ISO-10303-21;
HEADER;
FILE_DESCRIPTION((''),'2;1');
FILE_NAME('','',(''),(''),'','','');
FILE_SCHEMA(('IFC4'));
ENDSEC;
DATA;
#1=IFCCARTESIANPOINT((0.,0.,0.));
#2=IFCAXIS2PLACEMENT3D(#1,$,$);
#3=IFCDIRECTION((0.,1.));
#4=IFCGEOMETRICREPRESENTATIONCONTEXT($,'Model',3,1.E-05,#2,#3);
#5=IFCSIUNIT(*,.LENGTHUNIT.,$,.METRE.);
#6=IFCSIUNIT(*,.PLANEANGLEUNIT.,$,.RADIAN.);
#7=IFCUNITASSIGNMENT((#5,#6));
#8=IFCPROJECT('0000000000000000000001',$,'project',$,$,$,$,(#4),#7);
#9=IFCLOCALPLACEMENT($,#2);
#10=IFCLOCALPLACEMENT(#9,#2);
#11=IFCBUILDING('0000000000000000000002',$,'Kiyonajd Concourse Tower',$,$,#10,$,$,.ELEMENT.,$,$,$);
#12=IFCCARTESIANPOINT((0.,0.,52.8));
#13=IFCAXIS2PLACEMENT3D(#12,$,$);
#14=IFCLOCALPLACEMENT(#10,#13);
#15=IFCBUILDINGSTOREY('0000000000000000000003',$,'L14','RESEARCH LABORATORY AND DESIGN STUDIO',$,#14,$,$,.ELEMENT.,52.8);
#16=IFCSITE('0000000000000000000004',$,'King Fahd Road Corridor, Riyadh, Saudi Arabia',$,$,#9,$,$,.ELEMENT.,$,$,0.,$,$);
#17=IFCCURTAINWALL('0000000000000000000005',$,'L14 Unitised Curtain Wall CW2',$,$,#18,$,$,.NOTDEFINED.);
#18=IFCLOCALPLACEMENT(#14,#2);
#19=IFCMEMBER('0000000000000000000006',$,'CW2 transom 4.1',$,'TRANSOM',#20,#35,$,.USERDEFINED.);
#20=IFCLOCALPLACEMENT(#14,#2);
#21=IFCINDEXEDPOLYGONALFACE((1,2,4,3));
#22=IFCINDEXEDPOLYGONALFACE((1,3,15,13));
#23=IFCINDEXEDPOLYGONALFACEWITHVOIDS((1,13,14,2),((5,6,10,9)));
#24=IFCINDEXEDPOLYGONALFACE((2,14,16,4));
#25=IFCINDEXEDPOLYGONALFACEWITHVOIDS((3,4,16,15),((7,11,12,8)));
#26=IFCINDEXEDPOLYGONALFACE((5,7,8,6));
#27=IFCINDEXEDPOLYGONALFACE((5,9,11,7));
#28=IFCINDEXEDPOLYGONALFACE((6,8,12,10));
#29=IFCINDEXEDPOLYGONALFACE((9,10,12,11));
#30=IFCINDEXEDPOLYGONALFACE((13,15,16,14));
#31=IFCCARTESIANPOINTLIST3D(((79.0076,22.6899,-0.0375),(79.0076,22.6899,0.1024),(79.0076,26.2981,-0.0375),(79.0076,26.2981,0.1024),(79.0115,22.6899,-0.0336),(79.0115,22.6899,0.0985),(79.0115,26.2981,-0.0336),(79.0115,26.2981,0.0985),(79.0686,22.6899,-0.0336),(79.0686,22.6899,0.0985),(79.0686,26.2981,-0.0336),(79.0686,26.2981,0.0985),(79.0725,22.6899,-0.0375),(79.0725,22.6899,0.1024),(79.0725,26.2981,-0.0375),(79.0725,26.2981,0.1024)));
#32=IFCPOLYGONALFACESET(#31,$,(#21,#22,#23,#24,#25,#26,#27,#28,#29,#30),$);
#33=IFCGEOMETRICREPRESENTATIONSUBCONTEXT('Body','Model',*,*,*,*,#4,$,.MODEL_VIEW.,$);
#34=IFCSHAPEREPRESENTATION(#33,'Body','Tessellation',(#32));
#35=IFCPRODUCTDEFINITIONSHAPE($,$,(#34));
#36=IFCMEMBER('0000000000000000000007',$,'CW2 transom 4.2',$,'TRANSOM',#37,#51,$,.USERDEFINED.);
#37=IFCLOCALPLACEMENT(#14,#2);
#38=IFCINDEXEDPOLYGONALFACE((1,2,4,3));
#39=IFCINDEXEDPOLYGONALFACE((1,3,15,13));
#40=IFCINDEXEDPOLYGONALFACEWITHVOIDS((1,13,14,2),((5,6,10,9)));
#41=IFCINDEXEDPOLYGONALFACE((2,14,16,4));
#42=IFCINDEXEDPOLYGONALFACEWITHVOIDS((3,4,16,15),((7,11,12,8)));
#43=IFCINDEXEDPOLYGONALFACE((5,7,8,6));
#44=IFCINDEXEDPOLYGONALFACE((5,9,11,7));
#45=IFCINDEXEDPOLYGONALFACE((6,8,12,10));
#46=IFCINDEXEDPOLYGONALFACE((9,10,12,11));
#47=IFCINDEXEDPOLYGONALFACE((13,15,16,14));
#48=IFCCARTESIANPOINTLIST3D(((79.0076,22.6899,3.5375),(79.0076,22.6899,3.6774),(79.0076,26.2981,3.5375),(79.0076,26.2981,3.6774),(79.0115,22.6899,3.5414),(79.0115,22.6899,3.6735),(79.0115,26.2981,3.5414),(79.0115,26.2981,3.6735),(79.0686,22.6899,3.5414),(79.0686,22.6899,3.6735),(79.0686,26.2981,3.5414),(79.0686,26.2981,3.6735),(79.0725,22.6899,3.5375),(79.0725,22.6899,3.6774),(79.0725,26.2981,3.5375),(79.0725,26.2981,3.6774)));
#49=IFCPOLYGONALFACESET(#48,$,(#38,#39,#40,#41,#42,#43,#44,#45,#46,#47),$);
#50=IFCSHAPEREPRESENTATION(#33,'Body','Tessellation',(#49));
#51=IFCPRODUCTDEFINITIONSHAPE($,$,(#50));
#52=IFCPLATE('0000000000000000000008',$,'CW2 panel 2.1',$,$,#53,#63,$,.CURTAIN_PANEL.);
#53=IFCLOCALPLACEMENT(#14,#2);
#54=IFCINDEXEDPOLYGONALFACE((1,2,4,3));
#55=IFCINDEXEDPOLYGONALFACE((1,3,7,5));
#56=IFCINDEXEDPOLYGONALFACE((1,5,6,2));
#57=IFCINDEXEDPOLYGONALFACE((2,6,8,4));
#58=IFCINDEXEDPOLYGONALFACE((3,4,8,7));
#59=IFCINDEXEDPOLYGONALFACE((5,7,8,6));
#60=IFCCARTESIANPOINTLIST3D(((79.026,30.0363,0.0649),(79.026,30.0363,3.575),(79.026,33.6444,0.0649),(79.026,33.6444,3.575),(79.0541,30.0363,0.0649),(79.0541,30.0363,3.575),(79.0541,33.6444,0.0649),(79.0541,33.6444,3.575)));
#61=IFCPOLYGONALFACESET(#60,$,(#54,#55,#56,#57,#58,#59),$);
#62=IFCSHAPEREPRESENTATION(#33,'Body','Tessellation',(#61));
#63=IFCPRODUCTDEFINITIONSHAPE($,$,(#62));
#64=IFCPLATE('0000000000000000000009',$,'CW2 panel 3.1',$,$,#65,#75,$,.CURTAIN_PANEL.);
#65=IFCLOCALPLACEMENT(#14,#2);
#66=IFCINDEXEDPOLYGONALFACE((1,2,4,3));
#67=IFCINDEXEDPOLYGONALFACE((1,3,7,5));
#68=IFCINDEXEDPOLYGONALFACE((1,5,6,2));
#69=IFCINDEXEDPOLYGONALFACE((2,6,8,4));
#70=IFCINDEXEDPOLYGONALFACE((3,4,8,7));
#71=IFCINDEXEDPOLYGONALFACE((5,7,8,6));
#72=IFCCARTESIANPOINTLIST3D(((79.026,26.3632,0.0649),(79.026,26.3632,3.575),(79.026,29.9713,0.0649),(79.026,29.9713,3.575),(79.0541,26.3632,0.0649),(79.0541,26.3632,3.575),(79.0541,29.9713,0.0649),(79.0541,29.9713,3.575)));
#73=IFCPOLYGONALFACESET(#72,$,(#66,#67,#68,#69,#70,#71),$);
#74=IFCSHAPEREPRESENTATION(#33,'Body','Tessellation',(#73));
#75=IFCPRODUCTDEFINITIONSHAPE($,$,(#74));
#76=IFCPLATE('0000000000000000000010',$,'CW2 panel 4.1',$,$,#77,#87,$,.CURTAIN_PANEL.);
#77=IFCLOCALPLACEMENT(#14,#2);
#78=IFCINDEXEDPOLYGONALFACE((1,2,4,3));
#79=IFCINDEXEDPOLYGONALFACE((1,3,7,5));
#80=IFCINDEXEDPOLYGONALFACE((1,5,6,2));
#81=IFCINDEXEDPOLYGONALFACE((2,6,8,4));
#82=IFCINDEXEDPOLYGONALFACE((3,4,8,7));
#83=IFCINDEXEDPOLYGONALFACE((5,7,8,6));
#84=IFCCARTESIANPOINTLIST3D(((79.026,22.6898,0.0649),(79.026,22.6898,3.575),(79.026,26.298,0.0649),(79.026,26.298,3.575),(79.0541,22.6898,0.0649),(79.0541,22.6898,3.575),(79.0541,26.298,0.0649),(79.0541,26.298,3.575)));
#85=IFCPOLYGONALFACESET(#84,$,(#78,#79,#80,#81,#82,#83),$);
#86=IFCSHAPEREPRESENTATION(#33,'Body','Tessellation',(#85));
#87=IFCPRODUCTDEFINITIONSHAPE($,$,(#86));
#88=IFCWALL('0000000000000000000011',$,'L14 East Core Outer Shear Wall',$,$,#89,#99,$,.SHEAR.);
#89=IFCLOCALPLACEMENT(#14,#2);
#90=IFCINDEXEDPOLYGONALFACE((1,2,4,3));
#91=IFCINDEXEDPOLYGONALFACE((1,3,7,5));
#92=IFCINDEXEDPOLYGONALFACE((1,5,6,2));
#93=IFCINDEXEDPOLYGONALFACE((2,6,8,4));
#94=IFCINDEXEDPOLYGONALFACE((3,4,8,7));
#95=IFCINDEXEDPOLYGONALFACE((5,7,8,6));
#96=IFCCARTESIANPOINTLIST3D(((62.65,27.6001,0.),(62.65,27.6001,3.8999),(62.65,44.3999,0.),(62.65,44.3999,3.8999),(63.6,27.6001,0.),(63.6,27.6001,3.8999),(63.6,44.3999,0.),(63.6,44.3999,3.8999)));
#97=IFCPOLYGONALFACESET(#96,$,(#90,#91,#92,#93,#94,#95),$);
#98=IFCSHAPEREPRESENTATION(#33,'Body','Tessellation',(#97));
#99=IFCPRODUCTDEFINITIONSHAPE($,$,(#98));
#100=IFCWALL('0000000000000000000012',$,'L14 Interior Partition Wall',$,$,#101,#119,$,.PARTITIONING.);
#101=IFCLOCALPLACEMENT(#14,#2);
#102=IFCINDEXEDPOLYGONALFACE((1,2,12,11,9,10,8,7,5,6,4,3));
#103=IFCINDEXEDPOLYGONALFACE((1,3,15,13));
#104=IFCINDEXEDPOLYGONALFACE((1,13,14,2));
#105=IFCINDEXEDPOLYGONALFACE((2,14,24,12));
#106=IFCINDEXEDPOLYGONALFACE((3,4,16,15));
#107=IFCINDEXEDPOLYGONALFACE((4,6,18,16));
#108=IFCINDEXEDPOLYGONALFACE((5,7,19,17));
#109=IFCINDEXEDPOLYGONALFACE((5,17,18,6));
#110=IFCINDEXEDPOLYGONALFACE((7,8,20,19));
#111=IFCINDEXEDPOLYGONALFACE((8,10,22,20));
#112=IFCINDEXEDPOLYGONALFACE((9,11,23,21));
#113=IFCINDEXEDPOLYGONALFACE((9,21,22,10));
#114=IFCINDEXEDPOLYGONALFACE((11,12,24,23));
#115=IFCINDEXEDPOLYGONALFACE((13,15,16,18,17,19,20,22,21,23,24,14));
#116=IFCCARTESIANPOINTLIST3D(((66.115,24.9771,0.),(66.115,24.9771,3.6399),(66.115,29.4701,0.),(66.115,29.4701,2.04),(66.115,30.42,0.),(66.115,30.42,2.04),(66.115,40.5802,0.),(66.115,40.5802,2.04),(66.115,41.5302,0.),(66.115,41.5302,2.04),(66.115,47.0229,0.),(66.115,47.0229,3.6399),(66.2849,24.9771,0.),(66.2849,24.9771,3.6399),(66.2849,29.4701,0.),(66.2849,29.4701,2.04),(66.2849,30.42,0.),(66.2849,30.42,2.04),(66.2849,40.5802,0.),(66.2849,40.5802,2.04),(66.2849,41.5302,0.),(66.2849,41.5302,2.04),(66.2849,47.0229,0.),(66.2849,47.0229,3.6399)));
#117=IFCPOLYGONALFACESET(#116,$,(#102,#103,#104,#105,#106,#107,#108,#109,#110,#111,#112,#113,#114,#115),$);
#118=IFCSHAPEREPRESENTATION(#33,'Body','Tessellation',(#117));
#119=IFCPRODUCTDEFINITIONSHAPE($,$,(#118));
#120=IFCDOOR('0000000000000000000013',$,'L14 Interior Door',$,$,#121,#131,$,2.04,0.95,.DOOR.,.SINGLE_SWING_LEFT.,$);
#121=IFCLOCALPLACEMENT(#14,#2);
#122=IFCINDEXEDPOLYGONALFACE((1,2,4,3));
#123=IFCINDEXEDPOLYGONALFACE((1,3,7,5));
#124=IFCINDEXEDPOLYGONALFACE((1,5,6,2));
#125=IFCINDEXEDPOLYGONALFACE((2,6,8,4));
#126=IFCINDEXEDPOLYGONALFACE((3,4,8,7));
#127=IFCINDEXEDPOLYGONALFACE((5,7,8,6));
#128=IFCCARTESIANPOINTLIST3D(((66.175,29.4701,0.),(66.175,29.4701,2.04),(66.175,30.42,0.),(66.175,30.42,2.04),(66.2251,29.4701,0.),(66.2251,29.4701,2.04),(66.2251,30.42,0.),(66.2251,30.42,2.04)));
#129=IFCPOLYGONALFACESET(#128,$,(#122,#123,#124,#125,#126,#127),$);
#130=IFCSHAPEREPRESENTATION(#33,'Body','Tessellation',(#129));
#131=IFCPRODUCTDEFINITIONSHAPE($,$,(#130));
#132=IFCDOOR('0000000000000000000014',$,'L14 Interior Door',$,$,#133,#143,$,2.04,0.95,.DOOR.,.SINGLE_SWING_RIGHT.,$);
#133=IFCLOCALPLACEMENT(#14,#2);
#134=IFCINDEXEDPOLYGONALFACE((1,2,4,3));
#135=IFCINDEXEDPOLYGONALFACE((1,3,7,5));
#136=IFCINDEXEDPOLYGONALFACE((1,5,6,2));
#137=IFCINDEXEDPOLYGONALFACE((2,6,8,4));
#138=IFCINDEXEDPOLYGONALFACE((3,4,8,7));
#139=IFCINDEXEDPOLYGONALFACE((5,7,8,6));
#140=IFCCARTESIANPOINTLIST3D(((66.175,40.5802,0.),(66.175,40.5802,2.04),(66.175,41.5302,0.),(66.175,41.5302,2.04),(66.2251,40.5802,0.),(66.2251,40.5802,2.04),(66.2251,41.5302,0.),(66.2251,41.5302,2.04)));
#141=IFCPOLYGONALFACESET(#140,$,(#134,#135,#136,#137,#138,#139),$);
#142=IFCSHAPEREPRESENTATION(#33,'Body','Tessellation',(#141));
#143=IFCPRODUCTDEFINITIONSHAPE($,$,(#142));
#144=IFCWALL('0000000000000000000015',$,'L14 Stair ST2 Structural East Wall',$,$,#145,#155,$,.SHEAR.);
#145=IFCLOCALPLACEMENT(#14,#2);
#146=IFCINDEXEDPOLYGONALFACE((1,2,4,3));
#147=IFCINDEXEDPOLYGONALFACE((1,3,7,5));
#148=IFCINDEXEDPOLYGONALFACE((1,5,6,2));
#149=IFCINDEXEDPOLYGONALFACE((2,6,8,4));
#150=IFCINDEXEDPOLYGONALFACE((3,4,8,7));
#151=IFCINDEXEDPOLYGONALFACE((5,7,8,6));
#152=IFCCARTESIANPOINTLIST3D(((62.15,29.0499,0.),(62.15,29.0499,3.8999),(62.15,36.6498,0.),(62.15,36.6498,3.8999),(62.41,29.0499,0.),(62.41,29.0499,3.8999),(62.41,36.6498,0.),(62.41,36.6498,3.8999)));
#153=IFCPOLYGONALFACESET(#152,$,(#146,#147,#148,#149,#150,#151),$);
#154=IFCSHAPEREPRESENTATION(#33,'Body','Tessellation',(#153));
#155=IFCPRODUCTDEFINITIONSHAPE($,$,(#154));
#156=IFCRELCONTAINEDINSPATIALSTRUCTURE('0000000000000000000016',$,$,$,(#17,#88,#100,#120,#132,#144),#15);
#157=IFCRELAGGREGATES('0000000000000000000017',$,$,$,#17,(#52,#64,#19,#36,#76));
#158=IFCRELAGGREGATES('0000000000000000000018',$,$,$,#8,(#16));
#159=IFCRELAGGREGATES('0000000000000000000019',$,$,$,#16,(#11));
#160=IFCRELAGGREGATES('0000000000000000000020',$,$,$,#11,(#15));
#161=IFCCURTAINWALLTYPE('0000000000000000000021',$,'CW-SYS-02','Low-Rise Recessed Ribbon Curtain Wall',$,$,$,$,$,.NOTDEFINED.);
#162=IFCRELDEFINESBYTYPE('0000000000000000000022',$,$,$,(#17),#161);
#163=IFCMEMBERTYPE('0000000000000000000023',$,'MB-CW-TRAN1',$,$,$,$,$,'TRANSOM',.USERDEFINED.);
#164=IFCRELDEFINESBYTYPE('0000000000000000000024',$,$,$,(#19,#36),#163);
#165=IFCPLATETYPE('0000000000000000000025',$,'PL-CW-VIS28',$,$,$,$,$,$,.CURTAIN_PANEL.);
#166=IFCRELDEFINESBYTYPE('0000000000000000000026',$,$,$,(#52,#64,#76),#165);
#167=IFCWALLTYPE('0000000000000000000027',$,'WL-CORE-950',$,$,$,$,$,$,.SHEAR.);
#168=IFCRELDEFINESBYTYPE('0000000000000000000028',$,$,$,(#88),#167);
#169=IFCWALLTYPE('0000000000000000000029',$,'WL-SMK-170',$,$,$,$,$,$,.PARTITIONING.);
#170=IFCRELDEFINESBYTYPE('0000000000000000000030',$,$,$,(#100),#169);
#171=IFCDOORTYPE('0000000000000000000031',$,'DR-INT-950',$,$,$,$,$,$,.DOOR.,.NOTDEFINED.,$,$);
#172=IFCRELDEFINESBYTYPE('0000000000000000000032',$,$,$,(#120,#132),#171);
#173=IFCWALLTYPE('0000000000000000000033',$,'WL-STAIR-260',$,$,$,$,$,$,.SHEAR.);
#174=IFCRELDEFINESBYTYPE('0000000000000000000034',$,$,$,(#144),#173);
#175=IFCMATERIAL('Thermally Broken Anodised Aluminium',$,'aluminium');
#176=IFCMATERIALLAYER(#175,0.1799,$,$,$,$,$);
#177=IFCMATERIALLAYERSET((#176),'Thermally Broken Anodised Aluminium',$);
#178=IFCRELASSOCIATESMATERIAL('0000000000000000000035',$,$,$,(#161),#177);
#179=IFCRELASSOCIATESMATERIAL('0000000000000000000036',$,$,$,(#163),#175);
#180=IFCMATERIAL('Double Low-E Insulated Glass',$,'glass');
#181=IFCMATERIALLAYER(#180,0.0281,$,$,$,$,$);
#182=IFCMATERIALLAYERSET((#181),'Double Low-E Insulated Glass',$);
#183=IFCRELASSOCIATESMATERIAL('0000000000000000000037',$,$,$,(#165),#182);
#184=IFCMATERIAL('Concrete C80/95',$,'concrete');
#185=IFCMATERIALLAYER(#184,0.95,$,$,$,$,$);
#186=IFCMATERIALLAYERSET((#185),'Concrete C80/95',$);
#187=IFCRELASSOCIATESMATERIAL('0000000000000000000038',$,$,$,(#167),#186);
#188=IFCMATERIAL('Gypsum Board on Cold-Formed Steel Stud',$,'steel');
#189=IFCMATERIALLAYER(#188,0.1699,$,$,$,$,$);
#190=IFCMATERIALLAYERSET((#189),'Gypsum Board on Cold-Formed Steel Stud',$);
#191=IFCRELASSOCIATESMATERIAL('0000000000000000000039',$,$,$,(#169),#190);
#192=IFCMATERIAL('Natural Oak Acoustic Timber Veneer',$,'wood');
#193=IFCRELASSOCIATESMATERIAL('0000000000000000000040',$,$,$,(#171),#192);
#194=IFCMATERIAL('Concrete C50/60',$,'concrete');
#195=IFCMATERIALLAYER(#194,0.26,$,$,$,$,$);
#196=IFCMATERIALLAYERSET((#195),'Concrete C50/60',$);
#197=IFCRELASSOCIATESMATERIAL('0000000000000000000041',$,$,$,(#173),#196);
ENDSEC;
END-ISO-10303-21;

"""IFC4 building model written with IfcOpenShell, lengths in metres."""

from ifc_helpers import new_model, si_unit, direction, frame, frame_2d, origin, origin_2d, place, context, subcontext, project, spatial, rectangle, hollow_rectangle, extrude, material, layer, layer_set, material_profile, profile_set, type_object, element, fill, aggregate, save


model = new_model("IFC4")

# Units and contexts
model_context = context("Model", 3, precision=1e-05, world=origin(), true_north=direction((0.0, 1.0)))
body_context = subcontext(model_context, "Body", "Model", "MODEL_VIEW")
ifc_project = project(units=[si_unit("LENGTHUNIT", "METRE"), si_unit("PLANEANGLEUNIT", "RADIAN")], contexts=[model_context])

# Site, building, storey
site_placement = place(None, origin())
site = spatial("IfcSite", under=ifc_project, at=site_placement, Name="King Fahd Road Corridor, Riyadh, Saudi Arabia", CompositionType="ELEMENT", RefElevation=0.0)
building_placement = place(site_placement, origin())
building = spatial("IfcBuilding", under=site, at=building_placement, Name="Kiyonajd Concourse Tower", CompositionType="ELEMENT")
storey_placement = place(building_placement, frame((0.0, 0.0, 52.8)))
storey = spatial("IfcBuildingStorey", under=building, at=storey_placement, Name="L14", Description="RESEARCH LABORATORY AND DESIGN STUDIO", CompositionType="ELEMENT", Elevation=52.8)

# Shared definitions
ifc_material_1 = material(Name="Concrete C80/95", Category="concrete")

# Curtain wall, members, plates
ifc_material_2 = material(Name="Thermally Broken Anodised Aluminium", Category="aluminium")
ifc_layer_1 = layer(ifc_material_2, 0.1799)
ifc_layer_set_1 = layer_set([ifc_layer_1], Name="Thermally Broken Anodised Aluminium")
curtain_wall_type = type_object("IfcCurtainWallType", Name="CW-SYS-02", Description="Low-Rise Recessed Ribbon Curtain Wall", PredefinedType="NOTDEFINED", material=ifc_layer_set_1)
curtain_wall_placement = place(storey_placement, origin())
curtain_wall = element("IfcCurtainWall", 1, at=curtain_wall_placement, inside=storey, type_object=curtain_wall_type, Name="L14 Unitised Curtain Wall CW2", PredefinedType="NOTDEFINED")
ifc_material_profile_1 = material_profile(ifc_material_2, hollow_rectangle(XDim=0.0649, YDim=0.1399, WallThickness=0.0039, at=origin_2d()), Name="TRAN-65x140")
ifc_profile_set_1 = profile_set([ifc_material_profile_1], Name="Thermally Broken Anodised Aluminium")
member_type_1 = type_object("IfcMemberType", Name="MB-CW-TRAN1", ElementType="TRANSOM", PredefinedType="USERDEFINED", material=ifc_profile_set_1)
member_1_placement = place(storey_placement, frame((79.04, 26.2981, 0.0325), z_axis=(0.0, -1.0, 0.0), x_axis=(1.0, 0.0, 0.0)))
member_1 = element("IfcMember", 2, at=member_1_placement, type_object=member_type_1, Name="CW2 transom 4.1", ObjectType="TRANSOM", PredefinedType="USERDEFINED", context=body_context, shape_type="SweptSolid", body=[
    extrude(hollow_rectangle(XDim=0.0649, YDim=0.1399, WallThickness=0.0039, at=origin_2d()), origin(), (0.0, 0.0, 1.0), 3.6082),
])
member_2_placement = place(storey_placement, frame((79.04, 26.2981, 3.6074), z_axis=(0.0, -1.0, 0.0), x_axis=(1.0, 0.0, 0.0)))
member_2 = element("IfcMember", 3, at=member_2_placement, type_object=member_type_1, Name="CW2 transom 4.2", ObjectType="TRANSOM", PredefinedType="USERDEFINED", context=body_context, shape_type="SweptSolid", body=[
    extrude(hollow_rectangle(XDim=0.0649, YDim=0.1399, WallThickness=0.0039, at=origin_2d()), origin(), (0.0, 0.0, 1.0), 3.6082),
])
ifc_material_3 = material(Name="Double Low-E Insulated Glass", Category="glass")
ifc_layer_2 = layer(ifc_material_3, 0.0281)
ifc_layer_set_2 = layer_set([ifc_layer_2], Name="Double Low-E Insulated Glass")
plate_type = type_object("IfcPlateType", Name="PL-CW-VIS28", PredefinedType="CURTAIN_PANEL", material=ifc_layer_set_2)
plate_1_placement = place(storey_placement, frame((79.04, 31.8403, 0.0649), z_axis=(0.0, 0.0, 1.0), x_axis=(0.0, -1.0, 0.0)))
plate_1 = element("IfcPlate", 4, at=plate_1_placement, type_object=plate_type, Name="CW2 panel 2.1", PredefinedType="CURTAIN_PANEL", context=body_context, shape_type="SweptSolid", body=[
    extrude(rectangle(XDim=3.6082, YDim=0.0281, at=origin_2d()), origin(), (0.0, 0.0, 1.0), 3.51),
])
plate_2_placement = place(storey_placement, frame((79.04, 28.1672, 0.0649), z_axis=(0.0, 0.0, 1.0), x_axis=(0.0, -1.0, 0.0)))
plate_2 = element("IfcPlate", 5, at=plate_2_placement, type_object=plate_type, Name="CW2 panel 3.1", PredefinedType="CURTAIN_PANEL", context=body_context, shape_type="SweptSolid", body=[
    extrude(rectangle(XDim=3.6082, YDim=0.0281, at=origin_2d()), origin(), (0.0, 0.0, 1.0), 3.51),
])
plate_3_placement = place(storey_placement, frame((79.04, 24.4939, 0.0649), z_axis=(0.0, 0.0, 1.0), x_axis=(0.0, -1.0, 0.0)))
plate_3 = element("IfcPlate", 6, at=plate_3_placement, type_object=plate_type, Name="CW2 panel 4.1", PredefinedType="CURTAIN_PANEL", context=body_context, shape_type="SweptSolid", body=[
    extrude(rectangle(XDim=3.6082, YDim=0.0281, at=origin_2d()), origin(), (0.0, 0.0, 1.0), 3.51),
])
aggregate(curtain_wall, [plate_1, plate_2, member_1, member_2, plate_3])

# Wall
ifc_layer_3 = layer(ifc_material_1, 0.95)
ifc_layer_set_3 = layer_set([ifc_layer_3], Name="Concrete C80/95")
wall_type_1 = type_object("IfcWallType", Name="WL-CORE-950", PredefinedType="SHEAR", material=ifc_layer_set_3)
wall_1_placement = place(storey_placement, frame((63.125, 27.6001, 0.0), z_axis=(0.0, 0.0, 1.0), x_axis=(0.0, 1.0, 0.0)))
element("IfcWall", 7, at=wall_1_placement, inside=storey, type_object=wall_type_1, Name="L14 East Core Outer Shear Wall", PredefinedType="SHEAR", context=body_context, shape_type="SweptSolid", body=[
    extrude(rectangle(XDim=16.7998, YDim=0.95, at=frame_2d((8.3999, 0.0))), origin(), (0.0, 0.0, 1.0), 3.8999),
])

# Wall, openings, doors
ifc_material_4 = material(Name="Gypsum Board on Cold-Formed Steel Stud", Category="steel")
ifc_layer_4 = layer(ifc_material_4, 0.1699)
ifc_layer_set_4 = layer_set([ifc_layer_4], Name="Gypsum Board on Cold-Formed Steel Stud")
wall_type_2 = type_object("IfcWallType", Name="WL-SMK-170", PredefinedType="PARTITIONING", material=ifc_layer_set_4)
wall_2_placement = place(storey_placement, frame((66.2, 24.9771, 0.0), z_axis=(0.0, 0.0, 1.0), x_axis=(0.0, 1.0, 0.0)))
wall_2 = element("IfcWall", 8, at=wall_2_placement, inside=storey, type_object=wall_type_2, Name="L14 Interior Partition Wall", PredefinedType="PARTITIONING", context=body_context, shape_type="SweptSolid", body=[
    extrude(rectangle(XDim=22.0459, YDim=0.1699, at=frame_2d((11.0229, 0.0))), origin(), (0.0, 0.0, 1.0), 3.6399),
])
opening_1_placement = place(wall_2_placement, frame((4.4929, 0.0, 0.0)))
opening_1 = element("IfcOpeningElement", 9, at=opening_1_placement, cuts=wall_2, PredefinedType="OPENING", context=body_context, shape_type="SweptSolid", body=[
    extrude(rectangle(XDim=0.95, YDim=2.04, at=frame_2d((0.4751, 1.02))), frame((0.0, 0.095, 0.0), z_axis=(0.0, -1.0, 0.0), x_axis=(1.0, 0.0, 0.0)), (0.0, 0.0, 1.0), 0.1899),
])
opening_2_placement = place(wall_2_placement, frame((15.603, 0.0, 0.0)))
opening_2 = element("IfcOpeningElement", 10, at=opening_2_placement, cuts=wall_2, PredefinedType="OPENING", context=body_context, shape_type="SweptSolid", body=[
    extrude(rectangle(XDim=0.95, YDim=2.04, at=frame_2d((0.4751, 1.02))), frame((0.0, 0.095, 0.0), z_axis=(0.0, -1.0, 0.0), x_axis=(1.0, 0.0, 0.0)), (0.0, 0.0, 1.0), 0.1899),
])
ifc_material_5 = material(Name="Natural Oak Acoustic Timber Veneer", Category="wood")
door_type = type_object("IfcDoorType", Name="DR-INT-950", OperationType="NOTDEFINED", PredefinedType="DOOR", material=ifc_material_5)
door_1_placement = place(opening_1_placement, origin())
door_1 = element("IfcDoor", 11, at=door_1_placement, inside=storey, type_object=door_type, Name="L14 Interior Door", OperationType="SINGLE_SWING_LEFT", OverallHeight=2.04, OverallWidth=0.95, PredefinedType="DOOR", context=body_context, shape_type="SweptSolid", body=[
    extrude(rectangle(XDim=0.95, YDim=2.04, at=frame_2d((0.4751, 1.02))), frame((0.0, 0.0249, 0.0), z_axis=(0.0, -1.0, 0.0), x_axis=(1.0, 0.0, 0.0)), (0.0, 0.0, 1.0), 0.05),
])
fill(opening_1, door_1)
door_2_placement = place(opening_2_placement, origin())
door_2 = element("IfcDoor", 12, at=door_2_placement, inside=storey, type_object=door_type, Name="L14 Interior Door", OperationType="SINGLE_SWING_RIGHT", OverallHeight=2.04, OverallWidth=0.95, PredefinedType="DOOR", context=body_context, shape_type="SweptSolid", body=[
    extrude(rectangle(XDim=0.95, YDim=2.04, at=frame_2d((0.4751, 1.02))), frame((0.0, 0.0249, 0.0), z_axis=(0.0, -1.0, 0.0), x_axis=(1.0, 0.0, 0.0)), (0.0, 0.0, 1.0), 0.05),
])
fill(opening_2, door_2)

# Wall
ifc_material_6 = material(Name="Concrete C50/60", Category="concrete")
ifc_layer_5 = layer(ifc_material_6, 0.26)
ifc_layer_set_5 = layer_set([ifc_layer_5], Name="Concrete C50/60")
wall_type_3 = type_object("IfcWallType", Name="WL-STAIR-260", PredefinedType="SHEAR", material=ifc_layer_set_5)
wall_3_placement = place(storey_placement, frame((62.28, 29.05, 0.0), z_axis=(0.0, 0.0, 1.0), x_axis=(0.0, 1.0, 0.0)))
element("IfcWall", 13, at=wall_3_placement, inside=storey, type_object=wall_type_3, Name="L14 Stair ST2 Structural East Wall", PredefinedType="SHEAR", context=body_context, shape_type="SweptSolid", body=[
    extrude(rectangle(XDim=7.5999, YDim=0.26, at=frame_2d((3.7998, 0.0))), origin(), (0.0, 0.0, 1.0), 3.8999),
])

save(model, "model.ifc")
